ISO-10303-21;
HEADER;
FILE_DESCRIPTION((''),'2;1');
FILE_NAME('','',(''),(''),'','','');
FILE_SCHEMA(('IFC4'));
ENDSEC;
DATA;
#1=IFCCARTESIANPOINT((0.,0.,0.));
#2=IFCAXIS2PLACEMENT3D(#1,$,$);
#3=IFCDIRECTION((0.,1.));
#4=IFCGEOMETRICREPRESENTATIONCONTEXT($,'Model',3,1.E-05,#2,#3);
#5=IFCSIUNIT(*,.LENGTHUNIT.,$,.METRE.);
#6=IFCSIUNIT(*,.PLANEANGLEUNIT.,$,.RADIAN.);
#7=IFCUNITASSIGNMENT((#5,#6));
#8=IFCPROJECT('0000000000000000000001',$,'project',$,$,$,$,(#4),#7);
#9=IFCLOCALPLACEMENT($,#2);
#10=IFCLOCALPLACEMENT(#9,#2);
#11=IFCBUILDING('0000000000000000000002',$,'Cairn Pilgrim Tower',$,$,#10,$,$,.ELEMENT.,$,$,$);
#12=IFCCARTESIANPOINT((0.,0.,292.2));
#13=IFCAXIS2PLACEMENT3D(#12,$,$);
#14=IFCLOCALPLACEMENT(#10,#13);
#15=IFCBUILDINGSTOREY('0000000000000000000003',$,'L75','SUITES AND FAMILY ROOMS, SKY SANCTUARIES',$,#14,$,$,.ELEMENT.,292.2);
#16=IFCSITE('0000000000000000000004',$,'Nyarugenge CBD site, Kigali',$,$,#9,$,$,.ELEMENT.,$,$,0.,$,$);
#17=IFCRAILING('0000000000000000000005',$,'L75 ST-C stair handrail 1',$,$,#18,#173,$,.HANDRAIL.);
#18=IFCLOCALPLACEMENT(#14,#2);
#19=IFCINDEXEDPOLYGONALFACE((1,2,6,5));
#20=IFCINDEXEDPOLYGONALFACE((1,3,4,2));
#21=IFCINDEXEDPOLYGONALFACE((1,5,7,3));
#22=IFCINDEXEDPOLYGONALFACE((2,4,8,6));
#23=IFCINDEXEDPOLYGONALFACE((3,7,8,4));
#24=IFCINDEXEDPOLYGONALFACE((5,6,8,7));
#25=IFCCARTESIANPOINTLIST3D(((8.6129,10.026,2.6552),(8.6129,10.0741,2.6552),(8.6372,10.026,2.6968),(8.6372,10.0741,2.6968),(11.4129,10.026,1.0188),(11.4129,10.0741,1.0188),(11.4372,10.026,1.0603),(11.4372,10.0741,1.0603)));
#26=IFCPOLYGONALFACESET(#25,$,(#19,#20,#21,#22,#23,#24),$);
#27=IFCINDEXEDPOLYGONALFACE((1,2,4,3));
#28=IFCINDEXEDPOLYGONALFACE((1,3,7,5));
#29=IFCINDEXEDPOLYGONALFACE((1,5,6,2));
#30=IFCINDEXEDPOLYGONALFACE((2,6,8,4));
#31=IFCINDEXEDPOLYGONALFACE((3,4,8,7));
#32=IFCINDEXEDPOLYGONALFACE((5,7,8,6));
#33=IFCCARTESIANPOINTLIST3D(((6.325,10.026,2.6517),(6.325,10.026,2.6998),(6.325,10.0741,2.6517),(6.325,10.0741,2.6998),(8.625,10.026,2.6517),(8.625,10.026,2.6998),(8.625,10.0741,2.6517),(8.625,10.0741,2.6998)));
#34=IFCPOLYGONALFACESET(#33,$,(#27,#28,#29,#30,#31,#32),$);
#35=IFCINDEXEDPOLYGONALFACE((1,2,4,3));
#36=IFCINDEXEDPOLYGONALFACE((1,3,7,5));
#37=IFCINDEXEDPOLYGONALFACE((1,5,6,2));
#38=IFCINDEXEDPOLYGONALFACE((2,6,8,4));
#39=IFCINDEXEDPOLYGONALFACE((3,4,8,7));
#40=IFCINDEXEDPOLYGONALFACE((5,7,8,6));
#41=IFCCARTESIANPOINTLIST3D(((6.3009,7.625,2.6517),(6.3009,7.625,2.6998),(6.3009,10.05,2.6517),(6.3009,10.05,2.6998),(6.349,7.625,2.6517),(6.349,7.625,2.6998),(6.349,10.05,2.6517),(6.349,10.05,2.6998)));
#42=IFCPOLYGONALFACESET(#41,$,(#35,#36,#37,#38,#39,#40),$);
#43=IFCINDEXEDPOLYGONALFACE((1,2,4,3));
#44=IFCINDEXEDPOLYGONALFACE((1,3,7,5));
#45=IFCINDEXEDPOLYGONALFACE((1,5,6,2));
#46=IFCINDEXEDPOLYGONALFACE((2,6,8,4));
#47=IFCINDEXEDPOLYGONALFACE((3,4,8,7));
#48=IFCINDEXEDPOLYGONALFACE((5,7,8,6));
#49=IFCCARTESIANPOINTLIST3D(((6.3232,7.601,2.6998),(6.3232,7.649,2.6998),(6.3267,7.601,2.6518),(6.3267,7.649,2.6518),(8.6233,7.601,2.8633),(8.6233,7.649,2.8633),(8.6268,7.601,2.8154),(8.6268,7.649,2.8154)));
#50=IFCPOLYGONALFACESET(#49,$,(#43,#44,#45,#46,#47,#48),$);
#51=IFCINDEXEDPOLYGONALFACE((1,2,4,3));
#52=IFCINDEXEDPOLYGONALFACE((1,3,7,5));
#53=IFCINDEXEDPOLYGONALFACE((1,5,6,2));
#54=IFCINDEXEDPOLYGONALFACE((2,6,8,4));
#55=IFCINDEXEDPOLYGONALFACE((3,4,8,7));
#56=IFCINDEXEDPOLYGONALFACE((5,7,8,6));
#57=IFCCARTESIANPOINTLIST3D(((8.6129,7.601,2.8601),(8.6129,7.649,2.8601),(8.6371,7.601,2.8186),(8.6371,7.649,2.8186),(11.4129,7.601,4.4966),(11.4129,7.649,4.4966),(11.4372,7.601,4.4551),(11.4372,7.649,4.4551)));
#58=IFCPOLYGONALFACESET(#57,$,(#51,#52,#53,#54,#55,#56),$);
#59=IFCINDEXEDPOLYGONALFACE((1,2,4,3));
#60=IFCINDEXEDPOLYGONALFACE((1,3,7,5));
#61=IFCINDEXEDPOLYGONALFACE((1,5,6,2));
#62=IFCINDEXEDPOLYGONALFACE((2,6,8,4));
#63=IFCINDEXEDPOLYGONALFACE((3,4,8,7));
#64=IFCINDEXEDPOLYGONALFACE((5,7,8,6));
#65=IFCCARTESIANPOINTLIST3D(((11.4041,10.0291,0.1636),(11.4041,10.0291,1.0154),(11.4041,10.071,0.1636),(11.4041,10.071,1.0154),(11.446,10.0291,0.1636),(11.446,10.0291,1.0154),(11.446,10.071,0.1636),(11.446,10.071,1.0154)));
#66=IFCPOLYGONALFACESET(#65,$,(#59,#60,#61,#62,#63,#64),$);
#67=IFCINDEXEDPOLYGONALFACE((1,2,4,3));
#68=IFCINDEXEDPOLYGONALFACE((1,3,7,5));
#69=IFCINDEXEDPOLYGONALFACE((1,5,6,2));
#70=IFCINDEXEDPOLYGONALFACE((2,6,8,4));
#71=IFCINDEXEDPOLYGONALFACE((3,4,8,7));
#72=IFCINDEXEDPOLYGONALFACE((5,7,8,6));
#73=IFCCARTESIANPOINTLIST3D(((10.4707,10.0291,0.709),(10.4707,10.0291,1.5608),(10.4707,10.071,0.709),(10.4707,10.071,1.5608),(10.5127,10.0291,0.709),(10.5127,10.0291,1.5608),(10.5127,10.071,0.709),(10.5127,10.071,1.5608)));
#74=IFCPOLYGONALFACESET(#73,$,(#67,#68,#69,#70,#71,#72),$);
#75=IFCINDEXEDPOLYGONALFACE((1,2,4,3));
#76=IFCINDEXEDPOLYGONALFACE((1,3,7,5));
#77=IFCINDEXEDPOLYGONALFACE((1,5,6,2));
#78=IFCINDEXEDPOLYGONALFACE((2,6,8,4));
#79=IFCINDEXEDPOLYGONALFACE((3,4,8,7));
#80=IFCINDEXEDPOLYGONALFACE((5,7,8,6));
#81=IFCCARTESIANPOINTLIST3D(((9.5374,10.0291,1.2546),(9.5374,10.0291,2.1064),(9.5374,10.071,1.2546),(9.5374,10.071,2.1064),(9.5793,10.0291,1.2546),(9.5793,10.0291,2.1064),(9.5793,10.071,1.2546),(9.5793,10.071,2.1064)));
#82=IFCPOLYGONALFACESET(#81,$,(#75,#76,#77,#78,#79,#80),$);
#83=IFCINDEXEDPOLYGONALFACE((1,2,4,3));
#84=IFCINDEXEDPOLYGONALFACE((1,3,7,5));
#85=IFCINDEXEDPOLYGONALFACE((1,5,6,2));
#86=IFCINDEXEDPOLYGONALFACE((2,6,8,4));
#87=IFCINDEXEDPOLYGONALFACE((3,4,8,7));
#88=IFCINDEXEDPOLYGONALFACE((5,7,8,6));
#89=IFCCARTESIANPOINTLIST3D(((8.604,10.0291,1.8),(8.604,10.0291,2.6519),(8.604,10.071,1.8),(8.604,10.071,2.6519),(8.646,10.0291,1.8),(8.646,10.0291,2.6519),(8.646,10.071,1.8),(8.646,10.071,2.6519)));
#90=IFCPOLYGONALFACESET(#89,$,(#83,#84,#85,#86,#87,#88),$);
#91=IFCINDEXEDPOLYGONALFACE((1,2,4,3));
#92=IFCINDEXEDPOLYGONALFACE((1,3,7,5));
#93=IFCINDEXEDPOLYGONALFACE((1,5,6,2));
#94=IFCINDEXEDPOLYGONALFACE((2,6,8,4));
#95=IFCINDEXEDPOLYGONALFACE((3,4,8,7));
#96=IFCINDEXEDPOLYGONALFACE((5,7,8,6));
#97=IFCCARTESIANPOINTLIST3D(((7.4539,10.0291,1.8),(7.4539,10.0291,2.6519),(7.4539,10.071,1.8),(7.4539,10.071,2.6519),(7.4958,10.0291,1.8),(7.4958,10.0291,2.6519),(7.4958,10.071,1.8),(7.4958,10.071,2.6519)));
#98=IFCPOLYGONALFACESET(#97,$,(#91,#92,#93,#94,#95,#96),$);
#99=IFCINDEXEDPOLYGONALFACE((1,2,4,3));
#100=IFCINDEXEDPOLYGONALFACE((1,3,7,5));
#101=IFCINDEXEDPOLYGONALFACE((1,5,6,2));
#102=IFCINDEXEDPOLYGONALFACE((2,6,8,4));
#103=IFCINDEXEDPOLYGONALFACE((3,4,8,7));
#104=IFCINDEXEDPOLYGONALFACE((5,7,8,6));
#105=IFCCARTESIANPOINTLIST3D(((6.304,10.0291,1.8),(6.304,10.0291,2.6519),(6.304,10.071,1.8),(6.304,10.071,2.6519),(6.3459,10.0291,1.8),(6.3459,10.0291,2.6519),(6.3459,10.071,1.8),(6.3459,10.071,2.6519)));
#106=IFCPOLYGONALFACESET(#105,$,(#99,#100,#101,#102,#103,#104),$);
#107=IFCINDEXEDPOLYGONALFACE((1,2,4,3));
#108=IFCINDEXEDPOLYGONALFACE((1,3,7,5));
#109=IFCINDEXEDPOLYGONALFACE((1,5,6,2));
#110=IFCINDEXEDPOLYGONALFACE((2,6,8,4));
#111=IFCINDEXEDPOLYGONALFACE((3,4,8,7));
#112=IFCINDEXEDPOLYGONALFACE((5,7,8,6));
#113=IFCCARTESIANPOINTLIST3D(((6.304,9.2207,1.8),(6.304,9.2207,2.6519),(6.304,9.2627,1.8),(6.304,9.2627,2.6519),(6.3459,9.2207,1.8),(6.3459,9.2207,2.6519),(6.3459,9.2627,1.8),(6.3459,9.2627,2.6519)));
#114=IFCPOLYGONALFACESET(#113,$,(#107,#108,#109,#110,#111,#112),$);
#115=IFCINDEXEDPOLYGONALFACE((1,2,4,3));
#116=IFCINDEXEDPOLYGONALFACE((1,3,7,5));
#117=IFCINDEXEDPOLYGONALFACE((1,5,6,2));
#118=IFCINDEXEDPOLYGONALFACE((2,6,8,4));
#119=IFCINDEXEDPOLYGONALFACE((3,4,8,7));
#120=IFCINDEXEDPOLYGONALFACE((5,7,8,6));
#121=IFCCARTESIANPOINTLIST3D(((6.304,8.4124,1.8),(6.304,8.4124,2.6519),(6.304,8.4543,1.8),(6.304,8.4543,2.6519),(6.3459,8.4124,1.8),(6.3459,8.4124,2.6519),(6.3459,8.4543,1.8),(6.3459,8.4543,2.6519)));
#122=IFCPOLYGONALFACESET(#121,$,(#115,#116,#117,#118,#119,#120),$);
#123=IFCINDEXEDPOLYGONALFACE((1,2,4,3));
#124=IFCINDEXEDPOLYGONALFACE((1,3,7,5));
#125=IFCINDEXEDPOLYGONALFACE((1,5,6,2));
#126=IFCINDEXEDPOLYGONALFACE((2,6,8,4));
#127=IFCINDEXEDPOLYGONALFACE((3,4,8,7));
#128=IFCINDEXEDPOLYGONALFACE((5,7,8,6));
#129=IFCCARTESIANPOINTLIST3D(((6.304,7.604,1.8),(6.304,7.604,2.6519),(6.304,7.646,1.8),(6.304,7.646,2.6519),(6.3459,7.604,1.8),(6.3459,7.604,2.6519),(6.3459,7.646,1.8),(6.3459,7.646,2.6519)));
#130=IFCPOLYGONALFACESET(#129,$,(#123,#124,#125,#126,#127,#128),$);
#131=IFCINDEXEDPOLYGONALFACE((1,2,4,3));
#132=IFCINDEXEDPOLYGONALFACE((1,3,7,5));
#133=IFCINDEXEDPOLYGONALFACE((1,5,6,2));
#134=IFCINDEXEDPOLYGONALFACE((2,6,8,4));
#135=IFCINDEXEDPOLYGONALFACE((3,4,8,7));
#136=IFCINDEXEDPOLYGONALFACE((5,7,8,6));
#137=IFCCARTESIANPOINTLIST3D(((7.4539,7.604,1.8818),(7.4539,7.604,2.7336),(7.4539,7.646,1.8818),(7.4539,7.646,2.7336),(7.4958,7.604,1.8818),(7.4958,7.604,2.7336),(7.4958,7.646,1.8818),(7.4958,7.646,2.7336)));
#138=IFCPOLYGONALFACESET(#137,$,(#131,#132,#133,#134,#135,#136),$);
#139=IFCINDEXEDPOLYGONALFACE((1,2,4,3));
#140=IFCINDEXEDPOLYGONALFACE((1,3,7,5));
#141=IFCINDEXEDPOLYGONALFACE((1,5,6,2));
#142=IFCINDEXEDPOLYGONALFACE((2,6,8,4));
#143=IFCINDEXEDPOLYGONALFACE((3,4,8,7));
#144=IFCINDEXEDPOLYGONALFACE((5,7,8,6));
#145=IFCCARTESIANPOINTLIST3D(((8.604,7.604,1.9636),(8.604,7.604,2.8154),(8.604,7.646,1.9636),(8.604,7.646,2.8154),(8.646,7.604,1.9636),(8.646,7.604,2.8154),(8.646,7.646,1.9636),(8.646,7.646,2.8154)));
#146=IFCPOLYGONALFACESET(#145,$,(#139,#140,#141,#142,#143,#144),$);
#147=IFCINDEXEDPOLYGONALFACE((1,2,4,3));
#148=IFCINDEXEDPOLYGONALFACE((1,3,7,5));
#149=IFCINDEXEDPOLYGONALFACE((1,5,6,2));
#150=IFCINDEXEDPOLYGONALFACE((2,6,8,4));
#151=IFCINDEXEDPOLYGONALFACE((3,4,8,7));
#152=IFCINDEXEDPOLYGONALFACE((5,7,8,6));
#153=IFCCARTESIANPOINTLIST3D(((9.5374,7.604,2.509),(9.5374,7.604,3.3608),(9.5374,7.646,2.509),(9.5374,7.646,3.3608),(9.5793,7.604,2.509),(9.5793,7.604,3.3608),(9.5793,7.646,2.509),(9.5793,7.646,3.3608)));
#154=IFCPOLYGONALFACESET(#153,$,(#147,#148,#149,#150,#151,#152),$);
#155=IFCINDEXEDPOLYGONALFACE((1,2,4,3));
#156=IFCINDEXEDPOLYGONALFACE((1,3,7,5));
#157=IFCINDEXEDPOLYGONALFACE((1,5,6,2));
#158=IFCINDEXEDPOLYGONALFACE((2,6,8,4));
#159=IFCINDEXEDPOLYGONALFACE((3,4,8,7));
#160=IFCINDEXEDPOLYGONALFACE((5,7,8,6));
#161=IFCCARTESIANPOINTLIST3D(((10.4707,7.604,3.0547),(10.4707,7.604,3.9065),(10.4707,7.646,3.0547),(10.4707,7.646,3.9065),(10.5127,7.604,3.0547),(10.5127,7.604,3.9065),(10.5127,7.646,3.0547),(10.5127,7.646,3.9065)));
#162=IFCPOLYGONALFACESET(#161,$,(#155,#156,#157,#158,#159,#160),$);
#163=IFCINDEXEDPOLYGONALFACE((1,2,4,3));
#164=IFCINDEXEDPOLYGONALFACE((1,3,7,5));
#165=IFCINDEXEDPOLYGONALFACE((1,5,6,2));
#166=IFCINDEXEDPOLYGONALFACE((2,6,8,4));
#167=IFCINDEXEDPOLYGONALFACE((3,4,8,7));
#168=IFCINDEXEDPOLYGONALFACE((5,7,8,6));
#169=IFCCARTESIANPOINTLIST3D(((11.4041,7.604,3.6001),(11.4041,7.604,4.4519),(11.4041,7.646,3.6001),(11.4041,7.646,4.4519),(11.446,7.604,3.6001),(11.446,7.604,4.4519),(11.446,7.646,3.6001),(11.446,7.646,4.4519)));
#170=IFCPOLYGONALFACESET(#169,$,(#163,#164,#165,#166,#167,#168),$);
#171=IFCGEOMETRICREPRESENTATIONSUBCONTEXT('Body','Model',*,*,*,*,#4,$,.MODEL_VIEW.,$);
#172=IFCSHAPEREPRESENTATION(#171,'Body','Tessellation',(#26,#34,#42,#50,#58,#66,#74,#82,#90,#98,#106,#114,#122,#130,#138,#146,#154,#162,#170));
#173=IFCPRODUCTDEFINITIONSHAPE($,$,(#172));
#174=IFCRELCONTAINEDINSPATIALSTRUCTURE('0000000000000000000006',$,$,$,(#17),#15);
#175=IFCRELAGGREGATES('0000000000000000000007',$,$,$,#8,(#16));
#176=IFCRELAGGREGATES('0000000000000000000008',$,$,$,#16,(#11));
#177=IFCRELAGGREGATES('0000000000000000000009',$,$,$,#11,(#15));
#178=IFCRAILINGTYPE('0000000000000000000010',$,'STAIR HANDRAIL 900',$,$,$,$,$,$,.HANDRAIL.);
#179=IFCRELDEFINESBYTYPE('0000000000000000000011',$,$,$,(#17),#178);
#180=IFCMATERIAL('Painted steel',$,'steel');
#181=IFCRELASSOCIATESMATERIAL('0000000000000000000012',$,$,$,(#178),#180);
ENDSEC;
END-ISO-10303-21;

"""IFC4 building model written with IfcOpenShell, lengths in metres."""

from ifc_helpers import new_model, si_unit, direction, frame, origin, origin_2d, place, context, subcontext, project, spatial, rectangle, extrude, material, type_object, element, save


model = new_model("IFC4")

# Units and contexts
model_context = context("Model", 3, precision=1e-05, world=origin(), true_north=direction((0.0, 1.0)))
body_context = subcontext(model_context, "Body", "Model", "MODEL_VIEW")
ifc_project = project(units=[si_unit("LENGTHUNIT", "METRE"), si_unit("PLANEANGLEUNIT", "RADIAN")], contexts=[model_context])

# Site, building, storey
site_placement = place(None, origin())
site = spatial("IfcSite", under=ifc_project, at=site_placement, Name="Nyarugenge CBD site, Kigali", CompositionType="ELEMENT", RefElevation=0.0)
building_placement = place(site_placement, origin())
building = spatial("IfcBuilding", under=site, at=building_placement, Name="Cairn Pilgrim Tower", CompositionType="ELEMENT")
storey_placement = place(building_placement, frame((0.0, 0.0, 292.2)))
storey = spatial("IfcBuildingStorey", under=building, at=storey_placement, Name="L75", Description="SUITES AND FAMILY ROOMS, SKY SANCTUARIES", CompositionType="ELEMENT", Elevation=292.2)

# Shared definitions
ifc_material_1 = material(Name="Painted steel", Category="steel")

# Railing
railing_type_1 = type_object("IfcRailingType", Name="STAIR HANDRAIL 900", PredefinedType="HANDRAIL", material=ifc_material_1)
railing_1_placement = place(storey_placement, frame((11.425, 10.05, 0.1636)))
element("IfcRailing", 1, at=railing_1_placement, inside=storey, type_object=railing_type_1, Name="L75 ST-C stair handrail 1", PredefinedType="HANDRAIL", context=body_context, shape_type="SweptSolid", body=[
    extrude(rectangle(XDim=0.0481, YDim=0.0481, at=origin_2d()), frame((0.0, 0.0, 0.876), z_axis=(-0.863361, 0.0, 0.504587), x_axis=(0.0, -1.0, 0.0)), (0.0, 0.0, 1.0), 3.2432),
    extrude(rectangle(XDim=0.0481, YDim=0.0481, at=origin_2d()), frame((-2.8, 0.0, 2.5122), z_axis=(-1.0, 0.0, 0.0), x_axis=(0.0, -1.0, 0.0)), (0.0, 0.0, 1.0), 2.3),
    extrude(rectangle(XDim=0.0481, YDim=0.0481, at=origin_2d()), frame((-5.1001, 0.0, 2.5122), z_axis=(0.0, -1.0, 0.0), x_axis=(1.0, 0.0, 0.0)), (0.0, 0.0, 1.0), 2.425),
    extrude(rectangle(XDim=0.0481, YDim=0.0481, at=origin_2d()), frame((-5.1001, -2.425, 2.5122), z_axis=(0.997481, 0.0, 0.070939), x_axis=(0.0, 1.0, 0.0)), (0.0, 0.0, 1.0), 2.3059),
    extrude(rectangle(XDim=0.0481, YDim=0.0481, at=origin_2d()), frame((-2.8, -2.425, 2.6758), z_axis=(0.863361, 0.0, 0.504587), x_axis=(0.0, 1.0, 0.0)), (0.0, 0.0, 1.0), 3.2432),
    extrude(rectangle(XDim=0.042, YDim=0.042, at=origin_2d()), origin(), (0.0, 0.0, 1.0), 0.8518),
    extrude(rectangle(XDim=0.042, YDim=0.042, at=origin_2d()), frame((-0.9333, 0.0, 0.5454)), (0.0, 0.0, 1.0), 0.8518),
    extrude(rectangle(XDim=0.042, YDim=0.042, at=origin_2d()), frame((-1.8667, 0.0, 1.0911)), (0.0, 0.0, 1.0), 0.8518),
    extrude(rectangle(XDim=0.042, YDim=0.042, at=origin_2d()), frame((-2.8, 0.0, 1.6365)), (0.0, 0.0, 1.0), 0.8518),
    extrude(rectangle(XDim=0.042, YDim=0.042, at=origin_2d()), frame((-3.9502, 0.0, 1.6365)), (0.0, 0.0, 1.0), 0.8518),
    extrude(rectangle(XDim=0.042, YDim=0.042, at=origin_2d()), frame((-5.1001, 0.0, 1.6365)), (0.0, 0.0, 1.0), 0.8518),
    extrude(rectangle(XDim=0.042, YDim=0.042, at=origin_2d()), frame((-5.1001, -0.8083, 1.6365)), (0.0, 0.0, 1.0), 0.8518),
    extrude(rectangle(XDim=0.042, YDim=0.042, at=origin_2d()), frame((-5.1001, -1.6167, 1.6365)), (0.0, 0.0, 1.0), 0.8518),
    extrude(rectangle(XDim=0.042, YDim=0.042, at=origin_2d()), frame((-5.1001, -2.425, 1.6365)), (0.0, 0.0, 1.0), 0.8518),
    extrude(rectangle(XDim=0.042, YDim=0.042, at=origin_2d()), frame((-3.9502, -2.425, 1.7183)), (0.0, 0.0, 1.0), 0.8518),
    extrude(rectangle(XDim=0.042, YDim=0.042, at=origin_2d()), frame((-2.8, -2.425, 1.8)), (0.0, 0.0, 1.0), 0.8518),
    extrude(rectangle(XDim=0.042, YDim=0.042, at=origin_2d()), frame((-1.8667, -2.425, 2.3455)), (0.0, 0.0, 1.0), 0.8518),
    extrude(rectangle(XDim=0.042, YDim=0.042, at=origin_2d()), frame((-0.9333, -2.425, 2.8911)), (0.0, 0.0, 1.0), 0.8518),
    extrude(rectangle(XDim=0.042, YDim=0.042, at=origin_2d()), frame((0.0, -2.425, 3.4365)), (0.0, 0.0, 1.0), 0.8518),
])

save(model, "model.ifc")
